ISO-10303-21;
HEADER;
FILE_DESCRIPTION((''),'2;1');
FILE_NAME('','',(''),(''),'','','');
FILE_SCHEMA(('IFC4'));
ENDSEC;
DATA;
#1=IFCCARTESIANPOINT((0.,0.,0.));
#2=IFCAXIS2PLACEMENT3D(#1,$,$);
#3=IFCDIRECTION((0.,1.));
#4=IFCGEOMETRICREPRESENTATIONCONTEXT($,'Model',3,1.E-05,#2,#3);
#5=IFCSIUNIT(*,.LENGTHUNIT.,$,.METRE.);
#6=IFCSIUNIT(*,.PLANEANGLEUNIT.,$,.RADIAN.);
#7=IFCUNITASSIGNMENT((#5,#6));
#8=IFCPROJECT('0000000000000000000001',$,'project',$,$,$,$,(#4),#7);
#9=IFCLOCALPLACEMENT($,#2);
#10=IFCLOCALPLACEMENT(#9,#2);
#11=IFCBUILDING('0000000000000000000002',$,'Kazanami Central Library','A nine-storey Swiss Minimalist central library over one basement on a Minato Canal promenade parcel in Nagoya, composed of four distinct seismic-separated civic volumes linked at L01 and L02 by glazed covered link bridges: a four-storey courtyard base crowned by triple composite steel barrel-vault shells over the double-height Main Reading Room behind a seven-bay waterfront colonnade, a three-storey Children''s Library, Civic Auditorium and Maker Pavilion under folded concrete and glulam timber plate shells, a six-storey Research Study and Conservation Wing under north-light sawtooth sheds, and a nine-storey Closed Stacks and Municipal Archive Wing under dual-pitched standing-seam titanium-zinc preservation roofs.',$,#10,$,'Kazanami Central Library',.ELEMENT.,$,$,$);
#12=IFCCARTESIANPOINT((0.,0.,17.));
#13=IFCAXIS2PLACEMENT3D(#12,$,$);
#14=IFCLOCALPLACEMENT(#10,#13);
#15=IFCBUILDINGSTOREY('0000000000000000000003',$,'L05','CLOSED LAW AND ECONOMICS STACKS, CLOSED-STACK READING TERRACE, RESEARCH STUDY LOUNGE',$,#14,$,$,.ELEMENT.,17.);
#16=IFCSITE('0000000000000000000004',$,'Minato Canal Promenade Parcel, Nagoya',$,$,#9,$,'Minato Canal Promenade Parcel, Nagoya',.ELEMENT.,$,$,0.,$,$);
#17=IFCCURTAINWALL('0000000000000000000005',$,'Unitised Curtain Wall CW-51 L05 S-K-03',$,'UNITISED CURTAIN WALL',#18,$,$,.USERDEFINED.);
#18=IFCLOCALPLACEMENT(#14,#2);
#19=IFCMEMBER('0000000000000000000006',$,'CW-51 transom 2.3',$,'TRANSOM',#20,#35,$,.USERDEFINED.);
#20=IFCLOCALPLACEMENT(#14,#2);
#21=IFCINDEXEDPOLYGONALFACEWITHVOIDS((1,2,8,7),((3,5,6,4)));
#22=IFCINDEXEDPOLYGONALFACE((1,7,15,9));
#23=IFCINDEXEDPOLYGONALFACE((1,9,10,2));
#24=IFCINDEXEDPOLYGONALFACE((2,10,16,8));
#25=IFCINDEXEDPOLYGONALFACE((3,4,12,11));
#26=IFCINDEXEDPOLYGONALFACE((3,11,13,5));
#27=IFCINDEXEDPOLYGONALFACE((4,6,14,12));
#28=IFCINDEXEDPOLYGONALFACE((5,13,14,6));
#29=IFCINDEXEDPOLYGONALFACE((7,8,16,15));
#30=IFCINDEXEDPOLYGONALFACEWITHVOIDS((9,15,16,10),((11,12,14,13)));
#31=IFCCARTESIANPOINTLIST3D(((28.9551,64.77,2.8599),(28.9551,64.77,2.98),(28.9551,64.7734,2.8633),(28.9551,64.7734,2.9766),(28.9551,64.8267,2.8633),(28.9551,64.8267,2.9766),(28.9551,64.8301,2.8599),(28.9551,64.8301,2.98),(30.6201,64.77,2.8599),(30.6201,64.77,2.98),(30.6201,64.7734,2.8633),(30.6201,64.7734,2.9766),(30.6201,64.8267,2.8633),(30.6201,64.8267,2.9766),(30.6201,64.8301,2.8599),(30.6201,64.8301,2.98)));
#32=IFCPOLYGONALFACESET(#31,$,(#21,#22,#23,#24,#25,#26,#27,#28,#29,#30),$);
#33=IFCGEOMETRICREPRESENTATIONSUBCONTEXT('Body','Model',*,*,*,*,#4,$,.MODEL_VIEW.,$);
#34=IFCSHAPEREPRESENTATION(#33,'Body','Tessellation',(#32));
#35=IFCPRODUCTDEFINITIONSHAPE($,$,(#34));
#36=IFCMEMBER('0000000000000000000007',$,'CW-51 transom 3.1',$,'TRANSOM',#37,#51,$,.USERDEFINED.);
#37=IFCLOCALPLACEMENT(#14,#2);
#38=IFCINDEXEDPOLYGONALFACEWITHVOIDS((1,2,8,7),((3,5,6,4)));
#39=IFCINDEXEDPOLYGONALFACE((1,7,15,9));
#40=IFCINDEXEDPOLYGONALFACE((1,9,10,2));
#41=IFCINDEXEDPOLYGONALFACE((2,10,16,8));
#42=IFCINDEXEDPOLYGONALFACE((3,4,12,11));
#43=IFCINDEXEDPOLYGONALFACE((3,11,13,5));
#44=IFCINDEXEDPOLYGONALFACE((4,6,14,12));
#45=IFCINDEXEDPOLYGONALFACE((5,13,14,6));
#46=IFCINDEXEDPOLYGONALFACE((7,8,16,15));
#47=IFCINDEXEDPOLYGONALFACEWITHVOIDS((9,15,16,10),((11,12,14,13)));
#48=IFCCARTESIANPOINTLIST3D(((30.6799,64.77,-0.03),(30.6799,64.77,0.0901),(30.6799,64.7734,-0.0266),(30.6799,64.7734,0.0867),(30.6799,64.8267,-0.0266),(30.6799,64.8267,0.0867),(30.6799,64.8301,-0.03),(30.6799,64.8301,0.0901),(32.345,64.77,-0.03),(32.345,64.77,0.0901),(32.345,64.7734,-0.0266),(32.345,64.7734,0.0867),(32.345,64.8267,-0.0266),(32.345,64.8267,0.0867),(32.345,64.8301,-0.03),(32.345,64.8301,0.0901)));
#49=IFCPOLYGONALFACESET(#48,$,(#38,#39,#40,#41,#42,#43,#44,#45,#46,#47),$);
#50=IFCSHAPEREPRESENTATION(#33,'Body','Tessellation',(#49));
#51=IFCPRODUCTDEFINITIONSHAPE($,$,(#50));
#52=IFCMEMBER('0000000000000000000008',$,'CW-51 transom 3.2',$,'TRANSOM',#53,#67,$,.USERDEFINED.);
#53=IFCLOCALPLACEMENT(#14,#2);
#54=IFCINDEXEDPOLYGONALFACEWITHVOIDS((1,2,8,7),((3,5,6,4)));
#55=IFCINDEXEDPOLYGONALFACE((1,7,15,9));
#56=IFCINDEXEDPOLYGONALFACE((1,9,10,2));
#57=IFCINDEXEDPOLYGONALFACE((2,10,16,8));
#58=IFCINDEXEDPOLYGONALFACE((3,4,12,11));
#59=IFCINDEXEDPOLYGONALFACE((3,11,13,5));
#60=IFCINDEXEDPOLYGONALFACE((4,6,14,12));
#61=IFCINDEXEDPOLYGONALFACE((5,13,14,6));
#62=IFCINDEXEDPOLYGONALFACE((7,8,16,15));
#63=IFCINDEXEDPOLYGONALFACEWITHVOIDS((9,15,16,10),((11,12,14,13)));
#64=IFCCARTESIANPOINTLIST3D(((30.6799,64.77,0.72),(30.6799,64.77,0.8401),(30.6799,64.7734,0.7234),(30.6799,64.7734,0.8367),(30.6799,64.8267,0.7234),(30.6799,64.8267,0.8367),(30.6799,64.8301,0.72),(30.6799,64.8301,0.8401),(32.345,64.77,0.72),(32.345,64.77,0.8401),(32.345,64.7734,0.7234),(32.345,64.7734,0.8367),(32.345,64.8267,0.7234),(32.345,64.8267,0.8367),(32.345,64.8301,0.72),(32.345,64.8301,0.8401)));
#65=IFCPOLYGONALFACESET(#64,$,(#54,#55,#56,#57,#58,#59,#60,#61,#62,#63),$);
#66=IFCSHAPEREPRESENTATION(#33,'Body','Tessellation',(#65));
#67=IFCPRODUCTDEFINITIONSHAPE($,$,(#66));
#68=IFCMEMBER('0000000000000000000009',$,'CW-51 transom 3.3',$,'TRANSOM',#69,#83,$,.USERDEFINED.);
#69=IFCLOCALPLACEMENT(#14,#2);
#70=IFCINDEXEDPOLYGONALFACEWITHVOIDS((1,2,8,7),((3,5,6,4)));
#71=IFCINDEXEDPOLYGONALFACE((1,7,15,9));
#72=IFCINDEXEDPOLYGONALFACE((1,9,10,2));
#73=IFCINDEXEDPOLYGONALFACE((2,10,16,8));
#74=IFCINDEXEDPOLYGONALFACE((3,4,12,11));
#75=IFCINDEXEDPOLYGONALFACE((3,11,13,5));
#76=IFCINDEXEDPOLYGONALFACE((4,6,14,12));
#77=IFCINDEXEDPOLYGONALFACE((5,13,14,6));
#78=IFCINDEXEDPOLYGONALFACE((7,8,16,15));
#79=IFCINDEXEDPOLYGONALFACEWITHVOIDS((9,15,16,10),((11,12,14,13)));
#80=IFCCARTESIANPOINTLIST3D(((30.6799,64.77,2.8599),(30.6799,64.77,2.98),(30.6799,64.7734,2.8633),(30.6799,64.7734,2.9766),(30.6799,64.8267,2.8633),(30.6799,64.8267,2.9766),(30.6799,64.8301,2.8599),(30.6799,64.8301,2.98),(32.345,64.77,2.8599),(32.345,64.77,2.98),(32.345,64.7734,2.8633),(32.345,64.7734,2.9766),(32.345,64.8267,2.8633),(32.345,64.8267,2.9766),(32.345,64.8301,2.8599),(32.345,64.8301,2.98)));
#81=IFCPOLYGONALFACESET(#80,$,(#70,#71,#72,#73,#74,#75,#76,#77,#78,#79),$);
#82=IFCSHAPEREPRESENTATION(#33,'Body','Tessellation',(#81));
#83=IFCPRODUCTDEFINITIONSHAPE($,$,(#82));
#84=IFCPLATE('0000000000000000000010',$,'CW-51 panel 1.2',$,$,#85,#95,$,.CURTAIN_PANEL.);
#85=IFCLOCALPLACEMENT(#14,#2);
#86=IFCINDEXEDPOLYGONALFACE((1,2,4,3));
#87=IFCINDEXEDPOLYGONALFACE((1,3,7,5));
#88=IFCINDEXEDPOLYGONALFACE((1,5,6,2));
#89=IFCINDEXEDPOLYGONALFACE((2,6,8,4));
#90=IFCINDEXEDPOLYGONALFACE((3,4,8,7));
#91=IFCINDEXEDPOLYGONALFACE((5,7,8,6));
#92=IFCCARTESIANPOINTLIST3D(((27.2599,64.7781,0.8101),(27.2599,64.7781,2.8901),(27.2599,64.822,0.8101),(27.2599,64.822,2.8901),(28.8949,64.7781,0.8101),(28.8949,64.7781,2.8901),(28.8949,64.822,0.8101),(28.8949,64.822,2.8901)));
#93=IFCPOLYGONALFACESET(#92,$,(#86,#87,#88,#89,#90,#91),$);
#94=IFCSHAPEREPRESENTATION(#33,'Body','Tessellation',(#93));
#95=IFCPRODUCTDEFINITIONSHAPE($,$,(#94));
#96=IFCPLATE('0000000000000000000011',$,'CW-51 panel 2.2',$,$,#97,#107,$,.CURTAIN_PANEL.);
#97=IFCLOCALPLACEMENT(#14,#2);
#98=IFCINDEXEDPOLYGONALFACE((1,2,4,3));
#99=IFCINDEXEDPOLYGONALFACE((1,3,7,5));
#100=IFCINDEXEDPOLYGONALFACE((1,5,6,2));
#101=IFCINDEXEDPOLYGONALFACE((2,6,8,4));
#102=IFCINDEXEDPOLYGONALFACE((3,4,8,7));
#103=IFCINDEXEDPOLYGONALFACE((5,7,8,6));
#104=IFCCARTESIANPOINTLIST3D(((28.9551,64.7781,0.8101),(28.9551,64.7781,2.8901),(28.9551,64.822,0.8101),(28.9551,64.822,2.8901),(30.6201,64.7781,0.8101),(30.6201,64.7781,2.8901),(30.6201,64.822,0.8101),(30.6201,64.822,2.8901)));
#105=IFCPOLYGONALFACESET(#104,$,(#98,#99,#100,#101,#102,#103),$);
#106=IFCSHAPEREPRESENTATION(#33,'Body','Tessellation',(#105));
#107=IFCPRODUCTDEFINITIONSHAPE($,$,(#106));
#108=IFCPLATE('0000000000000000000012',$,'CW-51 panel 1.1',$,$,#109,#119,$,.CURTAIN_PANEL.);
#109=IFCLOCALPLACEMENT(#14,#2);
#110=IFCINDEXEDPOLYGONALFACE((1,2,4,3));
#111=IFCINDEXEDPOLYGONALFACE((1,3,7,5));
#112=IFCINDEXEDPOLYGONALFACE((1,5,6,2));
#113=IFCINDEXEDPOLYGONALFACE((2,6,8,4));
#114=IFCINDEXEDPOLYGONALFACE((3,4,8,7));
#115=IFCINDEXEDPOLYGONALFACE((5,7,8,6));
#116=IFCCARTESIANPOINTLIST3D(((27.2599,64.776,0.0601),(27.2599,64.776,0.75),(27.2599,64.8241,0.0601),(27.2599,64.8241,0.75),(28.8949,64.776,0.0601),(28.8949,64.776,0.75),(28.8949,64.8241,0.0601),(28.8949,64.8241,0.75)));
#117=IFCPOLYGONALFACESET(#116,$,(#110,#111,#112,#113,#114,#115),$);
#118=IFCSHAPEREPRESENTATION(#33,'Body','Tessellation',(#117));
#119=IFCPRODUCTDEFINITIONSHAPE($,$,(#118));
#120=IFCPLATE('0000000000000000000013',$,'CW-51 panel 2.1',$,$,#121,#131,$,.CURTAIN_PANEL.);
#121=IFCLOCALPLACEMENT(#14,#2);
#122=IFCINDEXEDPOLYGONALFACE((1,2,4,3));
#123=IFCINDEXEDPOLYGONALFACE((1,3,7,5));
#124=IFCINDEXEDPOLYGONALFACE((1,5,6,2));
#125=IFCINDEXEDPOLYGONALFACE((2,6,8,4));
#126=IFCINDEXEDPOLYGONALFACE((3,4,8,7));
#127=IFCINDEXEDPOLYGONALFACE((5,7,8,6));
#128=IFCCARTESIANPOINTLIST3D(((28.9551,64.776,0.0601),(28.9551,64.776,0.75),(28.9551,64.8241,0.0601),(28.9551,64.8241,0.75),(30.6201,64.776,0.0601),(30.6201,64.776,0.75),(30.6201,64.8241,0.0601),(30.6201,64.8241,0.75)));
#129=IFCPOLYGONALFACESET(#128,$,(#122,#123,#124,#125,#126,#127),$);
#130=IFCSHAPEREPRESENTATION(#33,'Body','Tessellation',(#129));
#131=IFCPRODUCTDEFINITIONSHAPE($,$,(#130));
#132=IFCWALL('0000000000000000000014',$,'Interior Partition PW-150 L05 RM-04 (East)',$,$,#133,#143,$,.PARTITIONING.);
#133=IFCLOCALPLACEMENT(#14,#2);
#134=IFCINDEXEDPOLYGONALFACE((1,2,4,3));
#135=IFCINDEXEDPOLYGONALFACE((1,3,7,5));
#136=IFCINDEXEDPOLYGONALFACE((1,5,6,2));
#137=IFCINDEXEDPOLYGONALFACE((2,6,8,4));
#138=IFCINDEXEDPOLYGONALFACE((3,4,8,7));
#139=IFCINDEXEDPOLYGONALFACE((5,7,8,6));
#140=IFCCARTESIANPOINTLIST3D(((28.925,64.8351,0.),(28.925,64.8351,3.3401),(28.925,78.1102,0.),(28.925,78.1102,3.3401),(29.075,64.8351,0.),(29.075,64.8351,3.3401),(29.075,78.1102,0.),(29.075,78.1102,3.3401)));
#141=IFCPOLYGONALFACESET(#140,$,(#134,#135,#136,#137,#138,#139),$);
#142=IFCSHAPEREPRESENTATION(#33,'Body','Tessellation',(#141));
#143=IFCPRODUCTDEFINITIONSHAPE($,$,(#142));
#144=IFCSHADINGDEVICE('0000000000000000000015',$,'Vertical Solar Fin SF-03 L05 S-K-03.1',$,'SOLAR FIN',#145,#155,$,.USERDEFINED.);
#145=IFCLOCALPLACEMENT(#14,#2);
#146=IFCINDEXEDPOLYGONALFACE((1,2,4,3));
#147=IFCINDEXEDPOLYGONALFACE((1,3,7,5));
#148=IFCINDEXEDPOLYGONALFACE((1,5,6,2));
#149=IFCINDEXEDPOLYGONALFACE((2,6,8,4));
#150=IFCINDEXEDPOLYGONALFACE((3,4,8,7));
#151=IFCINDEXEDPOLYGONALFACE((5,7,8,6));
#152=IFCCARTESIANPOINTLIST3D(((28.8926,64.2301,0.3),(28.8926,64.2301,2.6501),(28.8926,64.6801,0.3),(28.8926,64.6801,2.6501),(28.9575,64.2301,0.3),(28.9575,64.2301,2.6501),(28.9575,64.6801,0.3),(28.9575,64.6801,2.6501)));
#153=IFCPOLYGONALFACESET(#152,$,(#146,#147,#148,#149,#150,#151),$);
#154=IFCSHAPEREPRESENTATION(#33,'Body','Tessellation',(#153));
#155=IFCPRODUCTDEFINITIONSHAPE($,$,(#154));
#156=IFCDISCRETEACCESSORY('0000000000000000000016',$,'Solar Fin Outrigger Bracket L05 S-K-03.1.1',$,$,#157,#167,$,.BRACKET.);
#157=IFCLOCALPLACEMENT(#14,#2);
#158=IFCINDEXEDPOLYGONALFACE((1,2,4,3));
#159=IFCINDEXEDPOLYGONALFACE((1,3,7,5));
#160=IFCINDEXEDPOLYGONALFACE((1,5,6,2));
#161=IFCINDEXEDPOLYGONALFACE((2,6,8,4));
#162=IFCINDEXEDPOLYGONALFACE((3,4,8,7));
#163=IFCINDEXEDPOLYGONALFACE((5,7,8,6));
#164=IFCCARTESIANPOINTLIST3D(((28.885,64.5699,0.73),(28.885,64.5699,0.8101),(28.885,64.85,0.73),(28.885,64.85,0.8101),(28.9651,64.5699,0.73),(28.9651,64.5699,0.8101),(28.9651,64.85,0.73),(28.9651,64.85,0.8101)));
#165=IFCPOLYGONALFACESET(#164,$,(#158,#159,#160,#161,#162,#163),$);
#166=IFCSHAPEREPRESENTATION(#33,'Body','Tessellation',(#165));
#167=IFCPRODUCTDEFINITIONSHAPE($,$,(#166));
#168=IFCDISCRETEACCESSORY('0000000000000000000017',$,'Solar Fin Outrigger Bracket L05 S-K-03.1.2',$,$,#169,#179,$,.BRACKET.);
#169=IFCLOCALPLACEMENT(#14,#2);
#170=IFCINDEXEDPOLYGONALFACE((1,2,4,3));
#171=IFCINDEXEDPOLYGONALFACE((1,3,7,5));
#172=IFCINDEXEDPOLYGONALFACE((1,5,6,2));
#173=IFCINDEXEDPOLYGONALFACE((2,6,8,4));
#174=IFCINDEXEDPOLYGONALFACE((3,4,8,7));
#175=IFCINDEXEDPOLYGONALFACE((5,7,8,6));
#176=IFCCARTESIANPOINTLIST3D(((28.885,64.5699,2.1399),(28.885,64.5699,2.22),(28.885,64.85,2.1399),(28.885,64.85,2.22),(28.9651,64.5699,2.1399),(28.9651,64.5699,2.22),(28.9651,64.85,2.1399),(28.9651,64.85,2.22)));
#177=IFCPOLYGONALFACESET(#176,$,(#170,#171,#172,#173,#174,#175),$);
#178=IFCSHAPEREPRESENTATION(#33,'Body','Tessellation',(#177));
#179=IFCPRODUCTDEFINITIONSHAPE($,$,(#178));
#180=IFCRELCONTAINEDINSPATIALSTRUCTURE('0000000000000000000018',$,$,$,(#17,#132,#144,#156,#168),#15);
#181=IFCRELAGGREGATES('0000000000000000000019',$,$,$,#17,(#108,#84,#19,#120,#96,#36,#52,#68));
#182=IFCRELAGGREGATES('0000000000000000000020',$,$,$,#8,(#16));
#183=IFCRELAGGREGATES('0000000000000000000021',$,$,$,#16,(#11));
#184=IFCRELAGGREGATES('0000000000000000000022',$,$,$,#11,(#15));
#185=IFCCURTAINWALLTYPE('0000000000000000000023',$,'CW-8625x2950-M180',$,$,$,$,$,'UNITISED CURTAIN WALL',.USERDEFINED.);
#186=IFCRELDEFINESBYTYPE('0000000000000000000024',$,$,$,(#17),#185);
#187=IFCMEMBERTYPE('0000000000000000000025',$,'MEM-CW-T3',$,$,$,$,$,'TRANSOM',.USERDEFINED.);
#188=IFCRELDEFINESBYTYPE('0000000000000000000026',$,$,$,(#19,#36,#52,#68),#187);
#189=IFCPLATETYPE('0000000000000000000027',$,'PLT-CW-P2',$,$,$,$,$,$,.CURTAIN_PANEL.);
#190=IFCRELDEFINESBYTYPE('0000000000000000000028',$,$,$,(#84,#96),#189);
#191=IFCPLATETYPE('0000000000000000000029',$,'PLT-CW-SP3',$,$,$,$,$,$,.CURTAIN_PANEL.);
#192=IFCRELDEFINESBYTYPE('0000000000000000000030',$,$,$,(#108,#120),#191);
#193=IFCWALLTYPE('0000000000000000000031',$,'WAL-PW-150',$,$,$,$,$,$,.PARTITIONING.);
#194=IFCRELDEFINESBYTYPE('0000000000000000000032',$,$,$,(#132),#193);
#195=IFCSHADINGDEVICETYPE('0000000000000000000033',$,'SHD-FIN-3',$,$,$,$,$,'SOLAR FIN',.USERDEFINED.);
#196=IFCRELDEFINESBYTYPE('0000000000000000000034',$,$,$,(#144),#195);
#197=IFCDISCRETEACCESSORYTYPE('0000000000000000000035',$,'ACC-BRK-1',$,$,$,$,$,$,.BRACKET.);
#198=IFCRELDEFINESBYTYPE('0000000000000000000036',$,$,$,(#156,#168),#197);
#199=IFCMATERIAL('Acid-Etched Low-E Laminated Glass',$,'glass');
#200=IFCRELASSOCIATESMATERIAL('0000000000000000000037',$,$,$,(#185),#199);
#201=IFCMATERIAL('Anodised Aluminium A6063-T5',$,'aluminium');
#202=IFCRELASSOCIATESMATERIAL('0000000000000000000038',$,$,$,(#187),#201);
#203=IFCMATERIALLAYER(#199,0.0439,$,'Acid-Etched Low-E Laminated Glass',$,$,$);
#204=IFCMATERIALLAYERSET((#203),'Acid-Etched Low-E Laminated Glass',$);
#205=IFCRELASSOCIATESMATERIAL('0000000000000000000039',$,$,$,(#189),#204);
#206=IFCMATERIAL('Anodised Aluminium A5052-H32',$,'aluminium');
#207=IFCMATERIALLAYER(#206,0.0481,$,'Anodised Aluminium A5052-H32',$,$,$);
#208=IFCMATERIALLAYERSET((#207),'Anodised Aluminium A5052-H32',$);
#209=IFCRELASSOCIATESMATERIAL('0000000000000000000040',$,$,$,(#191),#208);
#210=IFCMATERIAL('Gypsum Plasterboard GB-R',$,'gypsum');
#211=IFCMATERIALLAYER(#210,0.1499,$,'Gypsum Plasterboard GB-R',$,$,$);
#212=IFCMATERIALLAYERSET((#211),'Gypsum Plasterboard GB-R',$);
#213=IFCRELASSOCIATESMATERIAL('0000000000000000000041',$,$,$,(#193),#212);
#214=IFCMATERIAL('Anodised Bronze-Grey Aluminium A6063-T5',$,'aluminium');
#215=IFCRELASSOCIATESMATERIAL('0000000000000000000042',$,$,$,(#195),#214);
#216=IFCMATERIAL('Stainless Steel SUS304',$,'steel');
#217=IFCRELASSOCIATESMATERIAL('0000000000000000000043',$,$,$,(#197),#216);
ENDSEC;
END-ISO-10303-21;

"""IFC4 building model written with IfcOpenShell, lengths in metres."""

from ifc_helpers import new_model, si_unit, direction, frame, frame_2d, origin, origin_2d, place, context, subcontext, project, spatial, rectangle, hollow_rectangle, extrude, material, layer, layer_set, material_profile, profile_set, type_object, element, aggregate, save


model = new_model("IFC4")

# Units and contexts
model_context = context("Model", 3, precision=1e-05, world=origin(), true_north=direction((0.0, 1.0)))
body_context = subcontext(model_context, "Body", "Model", "MODEL_VIEW")
ifc_project = project(units=[si_unit("LENGTHUNIT", "METRE"), si_unit("PLANEANGLEUNIT", "RADIAN")], contexts=[model_context])

# Site, building, storey
site_placement = place(None, origin())
site = spatial("IfcSite", under=ifc_project, at=site_placement, Name="Minato Canal Promenade Parcel, Nagoya", LongName="Minato Canal Promenade Parcel, Nagoya", CompositionType="ELEMENT", RefElevation=0.0)
building_placement = place(site_placement, origin())
building = spatial("IfcBuilding", under=site, at=building_placement, Name="Kazanami Central Library", Description="A nine-storey Swiss Minimalist central library over one basement on a Minato Canal promenade parcel in Nagoya, composed of four distinct seismic-separated civic volumes linked at L01 and L02 by glazed covered link bridges: a four-storey courtyard base crowned by triple composite steel barrel-vault shells over the double-height Main Reading Room behind a seven-bay waterfront colonnade, a three-storey Children's Library, Civic Auditorium and Maker Pavilion under folded concrete and glulam timber plate shells, a six-storey Research Study and Conservation Wing under north-light sawtooth sheds, and a nine-storey Closed Stacks and Municipal Archive Wing under dual-pitched standing-seam titanium-zinc preservation roofs.", LongName="Kazanami Central Library", CompositionType="ELEMENT")
storey_placement = place(building_placement, frame((0.0, 0.0, 17.0)))
storey = spatial("IfcBuildingStorey", under=building, at=storey_placement, Name="L05", Description="CLOSED LAW AND ECONOMICS STACKS, CLOSED-STACK READING TERRACE, RESEARCH STUDY LOUNGE", CompositionType="ELEMENT", Elevation=17.0)

# Curtain wall, members, plates
ifc_material_1 = material(Name="Acid-Etched Low-E Laminated Glass", Category="glass")
curtain_wall_type = type_object("IfcCurtainWallType", Name="CW-8625x2950-M180", ElementType="UNITISED CURTAIN WALL", PredefinedType="USERDEFINED", material=ifc_material_1)
curtain_wall_placement = place(storey_placement, origin())
curtain_wall = element("IfcCurtainWall", 1, at=curtain_wall_placement, inside=storey, type_object=curtain_wall_type, Name="Unitised Curtain Wall CW-51 L05 S-K-03", ObjectType="UNITISED CURTAIN WALL", PredefinedType="USERDEFINED")
ifc_material_2 = material(Name="Anodised Aluminium A6063-T5", Category="aluminium")
ifc_material_profile_1 = material_profile(ifc_material_2, hollow_rectangle(XDim=0.0601, YDim=0.1201, WallThickness=0.0034, at=origin_2d()), Name="ALU-TRAN-60x120x3.5")
ifc_profile_set_1 = profile_set([ifc_material_profile_1], Name="Anodised Aluminium A6063-T5")
member_type_1 = type_object("IfcMemberType", Name="MEM-CW-T3", ElementType="TRANSOM", PredefinedType="USERDEFINED", material=ifc_profile_set_1)
member_1_placement = place(storey_placement, frame((28.9551, 64.8, 2.9199), z_axis=(1.0, 0.0, 0.0), x_axis=(0.0, 1.0, 0.0)))
member_1 = element("IfcMember", 2, at=member_1_placement, type_object=member_type_1, Name="CW-51 transom 2.3", ObjectType="TRANSOM", PredefinedType="USERDEFINED", context=body_context, shape_type="SweptSolid", body=[
    extrude(hollow_rectangle(XDim=0.0601, YDim=0.1201, WallThickness=0.0034, at=origin_2d()), origin(), (0.0, 0.0, 1.0), 1.665),
])
member_2_placement = place(storey_placement, frame((30.6799, 64.8, 0.03), z_axis=(1.0, 0.0, 0.0), x_axis=(0.0, 1.0, 0.0)))
member_2 = element("IfcMember", 3, at=member_2_placement, type_object=member_type_1, Name="CW-51 transom 3.1", ObjectType="TRANSOM", PredefinedType="USERDEFINED", context=body_context, shape_type="SweptSolid", body=[
    extrude(hollow_rectangle(XDim=0.0601, YDim=0.1201, WallThickness=0.0034, at=origin_2d()), origin(), (0.0, 0.0, 1.0), 1.665),
])
member_3_placement = place(storey_placement, frame((30.6799, 64.8, 0.78), z_axis=(1.0, 0.0, 0.0), x_axis=(0.0, 1.0, 0.0)))
member_3 = element("IfcMember", 4, at=member_3_placement, type_object=member_type_1, Name="CW-51 transom 3.2", ObjectType="TRANSOM", PredefinedType="USERDEFINED", context=body_context, shape_type="SweptSolid", body=[
    extrude(hollow_rectangle(XDim=0.0601, YDim=0.1201, WallThickness=0.0034, at=origin_2d()), origin(), (0.0, 0.0, 1.0), 1.665),
])
member_4_placement = place(storey_placement, frame((30.6799, 64.8, 2.9199), z_axis=(1.0, 0.0, 0.0), x_axis=(0.0, 1.0, 0.0)))
member_4 = element("IfcMember", 5, at=member_4_placement, type_object=member_type_1, Name="CW-51 transom 3.3", ObjectType="TRANSOM", PredefinedType="USERDEFINED", context=body_context, shape_type="SweptSolid", body=[
    extrude(hollow_rectangle(XDim=0.0601, YDim=0.1201, WallThickness=0.0034, at=origin_2d()), origin(), (0.0, 0.0, 1.0), 1.665),
])
ifc_layer_1 = layer(ifc_material_1, 0.0439, Name="Acid-Etched Low-E Laminated Glass")
ifc_layer_set_1 = layer_set([ifc_layer_1], Name="Acid-Etched Low-E Laminated Glass")
plate_type_1 = type_object("IfcPlateType", Name="PLT-CW-P2", PredefinedType="CURTAIN_PANEL", material=ifc_layer_set_1)
plate_1_placement = place(storey_placement, frame((28.0774, 64.8, 0.8101), z_axis=(0.0, 0.0, 1.0), x_axis=(1.0, 0.0, 0.0)))
plate_1 = element("IfcPlate", 6, at=plate_1_placement, type_object=plate_type_1, Name="CW-51 panel 1.2", PredefinedType="CURTAIN_PANEL", context=body_context, shape_type="SweptSolid", body=[
    extrude(rectangle(XDim=1.635, YDim=0.0439, at=origin_2d()), origin(), (0.0, 0.0, 1.0), 2.0801),
])
plate_2_placement = place(storey_placement, frame((29.7876, 64.8, 0.8101), z_axis=(0.0, 0.0, 1.0), x_axis=(1.0, 0.0, 0.0)))
plate_2 = element("IfcPlate", 7, at=plate_2_placement, type_object=plate_type_1, Name="CW-51 panel 2.2", PredefinedType="CURTAIN_PANEL", context=body_context, shape_type="SweptSolid", body=[
    extrude(rectangle(XDim=1.665, YDim=0.0439, at=origin_2d()), origin(), (0.0, 0.0, 1.0), 2.0801),
])
ifc_material_3 = material(Name="Anodised Aluminium A5052-H32", Category="aluminium")
ifc_layer_2 = layer(ifc_material_3, 0.0481, Name="Anodised Aluminium A5052-H32")
ifc_layer_set_2 = layer_set([ifc_layer_2], Name="Anodised Aluminium A5052-H32")
plate_type_2 = type_object("IfcPlateType", Name="PLT-CW-SP3", PredefinedType="CURTAIN_PANEL", material=ifc_layer_set_2)
plate_3_placement = place(storey_placement, frame((28.0774, 64.8, 0.0601), z_axis=(0.0, 0.0, 1.0), x_axis=(1.0, 0.0, 0.0)))
plate_3 = element("IfcPlate", 8, at=plate_3_placement, type_object=plate_type_2, Name="CW-51 panel 1.1", PredefinedType="CURTAIN_PANEL", context=body_context, shape_type="SweptSolid", body=[
    extrude(rectangle(XDim=1.635, YDim=0.0481, at=origin_2d()), origin(), (0.0, 0.0, 1.0), 0.6899),
])
plate_4_placement = place(storey_placement, frame((29.7876, 64.8, 0.0601), z_axis=(0.0, 0.0, 1.0), x_axis=(1.0, 0.0, 0.0)))
plate_4 = element("IfcPlate", 9, at=plate_4_placement, type_object=plate_type_2, Name="CW-51 panel 2.1", PredefinedType="CURTAIN_PANEL", context=body_context, shape_type="SweptSolid", body=[
    extrude(rectangle(XDim=1.665, YDim=0.0481, at=origin_2d()), origin(), (0.0, 0.0, 1.0), 0.6899),
])
aggregate(curtain_wall, [plate_3, plate_1, member_1, plate_4, plate_2, member_2, member_3, member_4])

# Wall
ifc_material_4 = material(Name="Gypsum Plasterboard GB-R", Category="gypsum")
ifc_layer_3 = layer(ifc_material_4, 0.1499, Name="Gypsum Plasterboard GB-R")
ifc_layer_set_3 = layer_set([ifc_layer_3], Name="Gypsum Plasterboard GB-R")
wall_type = type_object("IfcWallType", Name="WAL-PW-150", PredefinedType="PARTITIONING", material=ifc_layer_set_3)
wall_placement = place(storey_placement, frame((29.0, 64.835, 0.0), z_axis=(0.0, 0.0, 1.0), x_axis=(0.0, 1.0, 0.0)))
element("IfcWall", 10, at=wall_placement, inside=storey, type_object=wall_type, Name="Interior Partition PW-150 L05 RM-04 (East)", PredefinedType="PARTITIONING", context=body_context, shape_type="SweptSolid", body=[
    extrude(rectangle(XDim=13.2751, YDim=0.1499, at=frame_2d((6.6377, 0.0))), origin(), (0.0, 0.0, 1.0), 3.3401),
])

# Shading device
ifc_material_5 = material(Name="Anodised Bronze-Grey Aluminium A6063-T5", Category="aluminium")
shading_device_type = type_object("IfcShadingDeviceType", Name="SHD-FIN-3", ElementType="SOLAR FIN", PredefinedType="USERDEFINED", material=ifc_material_5)
shading_device_placement = place(storey_placement, frame((28.925, 64.4551, 0.3), z_axis=(0.0, 0.0, 1.0), x_axis=(1.0, 0.0, 0.0)))
element("IfcShadingDevice", 11, at=shading_device_placement, inside=storey, type_object=shading_device_type, Name="Vertical Solar Fin SF-03 L05 S-K-03.1", ObjectType="SOLAR FIN", PredefinedType="USERDEFINED", context=body_context, shape_type="SweptSolid", body=[
    extrude(rectangle(XDim=0.0649, YDim=0.45, at=origin_2d()), origin(), (0.0, 0.0, 1.0), 2.3501),
])

# Discrete accessories
ifc_material_6 = material(Name="Stainless Steel SUS304", Category="steel")
discrete_accessory_type = type_object("IfcDiscreteAccessoryType", Name="ACC-BRK-1", PredefinedType="BRACKET", material=ifc_material_6)
for number, where, z_axis, x_axis, name in (
    (12, (28.925, 64.71, 0.73), (0.0, 0.0, 1.0), (1.0, 0.0, 0.0), "Solar Fin Outrigger Bracket L05 S-K-03.1.1"),
    (13, (28.925, 64.71, 2.1399), (0.0, 0.0, 1.0), (1.0, 0.0, 0.0), "Solar Fin Outrigger Bracket L05 S-K-03.1.2"),
):
    element("IfcDiscreteAccessory", number, at=place(storey_placement, frame(where, z_axis=z_axis, x_axis=x_axis)), inside=storey, type_object=discrete_accessory_type, Name=name, PredefinedType="BRACKET", context=body_context, shape_type="SweptSolid", body=[
        extrude(rectangle(XDim=0.0801, YDim=0.28, at=origin_2d()), origin(), (0.0, 0.0, 1.0), 0.0801),
    ])

save(model, "model.ifc")
